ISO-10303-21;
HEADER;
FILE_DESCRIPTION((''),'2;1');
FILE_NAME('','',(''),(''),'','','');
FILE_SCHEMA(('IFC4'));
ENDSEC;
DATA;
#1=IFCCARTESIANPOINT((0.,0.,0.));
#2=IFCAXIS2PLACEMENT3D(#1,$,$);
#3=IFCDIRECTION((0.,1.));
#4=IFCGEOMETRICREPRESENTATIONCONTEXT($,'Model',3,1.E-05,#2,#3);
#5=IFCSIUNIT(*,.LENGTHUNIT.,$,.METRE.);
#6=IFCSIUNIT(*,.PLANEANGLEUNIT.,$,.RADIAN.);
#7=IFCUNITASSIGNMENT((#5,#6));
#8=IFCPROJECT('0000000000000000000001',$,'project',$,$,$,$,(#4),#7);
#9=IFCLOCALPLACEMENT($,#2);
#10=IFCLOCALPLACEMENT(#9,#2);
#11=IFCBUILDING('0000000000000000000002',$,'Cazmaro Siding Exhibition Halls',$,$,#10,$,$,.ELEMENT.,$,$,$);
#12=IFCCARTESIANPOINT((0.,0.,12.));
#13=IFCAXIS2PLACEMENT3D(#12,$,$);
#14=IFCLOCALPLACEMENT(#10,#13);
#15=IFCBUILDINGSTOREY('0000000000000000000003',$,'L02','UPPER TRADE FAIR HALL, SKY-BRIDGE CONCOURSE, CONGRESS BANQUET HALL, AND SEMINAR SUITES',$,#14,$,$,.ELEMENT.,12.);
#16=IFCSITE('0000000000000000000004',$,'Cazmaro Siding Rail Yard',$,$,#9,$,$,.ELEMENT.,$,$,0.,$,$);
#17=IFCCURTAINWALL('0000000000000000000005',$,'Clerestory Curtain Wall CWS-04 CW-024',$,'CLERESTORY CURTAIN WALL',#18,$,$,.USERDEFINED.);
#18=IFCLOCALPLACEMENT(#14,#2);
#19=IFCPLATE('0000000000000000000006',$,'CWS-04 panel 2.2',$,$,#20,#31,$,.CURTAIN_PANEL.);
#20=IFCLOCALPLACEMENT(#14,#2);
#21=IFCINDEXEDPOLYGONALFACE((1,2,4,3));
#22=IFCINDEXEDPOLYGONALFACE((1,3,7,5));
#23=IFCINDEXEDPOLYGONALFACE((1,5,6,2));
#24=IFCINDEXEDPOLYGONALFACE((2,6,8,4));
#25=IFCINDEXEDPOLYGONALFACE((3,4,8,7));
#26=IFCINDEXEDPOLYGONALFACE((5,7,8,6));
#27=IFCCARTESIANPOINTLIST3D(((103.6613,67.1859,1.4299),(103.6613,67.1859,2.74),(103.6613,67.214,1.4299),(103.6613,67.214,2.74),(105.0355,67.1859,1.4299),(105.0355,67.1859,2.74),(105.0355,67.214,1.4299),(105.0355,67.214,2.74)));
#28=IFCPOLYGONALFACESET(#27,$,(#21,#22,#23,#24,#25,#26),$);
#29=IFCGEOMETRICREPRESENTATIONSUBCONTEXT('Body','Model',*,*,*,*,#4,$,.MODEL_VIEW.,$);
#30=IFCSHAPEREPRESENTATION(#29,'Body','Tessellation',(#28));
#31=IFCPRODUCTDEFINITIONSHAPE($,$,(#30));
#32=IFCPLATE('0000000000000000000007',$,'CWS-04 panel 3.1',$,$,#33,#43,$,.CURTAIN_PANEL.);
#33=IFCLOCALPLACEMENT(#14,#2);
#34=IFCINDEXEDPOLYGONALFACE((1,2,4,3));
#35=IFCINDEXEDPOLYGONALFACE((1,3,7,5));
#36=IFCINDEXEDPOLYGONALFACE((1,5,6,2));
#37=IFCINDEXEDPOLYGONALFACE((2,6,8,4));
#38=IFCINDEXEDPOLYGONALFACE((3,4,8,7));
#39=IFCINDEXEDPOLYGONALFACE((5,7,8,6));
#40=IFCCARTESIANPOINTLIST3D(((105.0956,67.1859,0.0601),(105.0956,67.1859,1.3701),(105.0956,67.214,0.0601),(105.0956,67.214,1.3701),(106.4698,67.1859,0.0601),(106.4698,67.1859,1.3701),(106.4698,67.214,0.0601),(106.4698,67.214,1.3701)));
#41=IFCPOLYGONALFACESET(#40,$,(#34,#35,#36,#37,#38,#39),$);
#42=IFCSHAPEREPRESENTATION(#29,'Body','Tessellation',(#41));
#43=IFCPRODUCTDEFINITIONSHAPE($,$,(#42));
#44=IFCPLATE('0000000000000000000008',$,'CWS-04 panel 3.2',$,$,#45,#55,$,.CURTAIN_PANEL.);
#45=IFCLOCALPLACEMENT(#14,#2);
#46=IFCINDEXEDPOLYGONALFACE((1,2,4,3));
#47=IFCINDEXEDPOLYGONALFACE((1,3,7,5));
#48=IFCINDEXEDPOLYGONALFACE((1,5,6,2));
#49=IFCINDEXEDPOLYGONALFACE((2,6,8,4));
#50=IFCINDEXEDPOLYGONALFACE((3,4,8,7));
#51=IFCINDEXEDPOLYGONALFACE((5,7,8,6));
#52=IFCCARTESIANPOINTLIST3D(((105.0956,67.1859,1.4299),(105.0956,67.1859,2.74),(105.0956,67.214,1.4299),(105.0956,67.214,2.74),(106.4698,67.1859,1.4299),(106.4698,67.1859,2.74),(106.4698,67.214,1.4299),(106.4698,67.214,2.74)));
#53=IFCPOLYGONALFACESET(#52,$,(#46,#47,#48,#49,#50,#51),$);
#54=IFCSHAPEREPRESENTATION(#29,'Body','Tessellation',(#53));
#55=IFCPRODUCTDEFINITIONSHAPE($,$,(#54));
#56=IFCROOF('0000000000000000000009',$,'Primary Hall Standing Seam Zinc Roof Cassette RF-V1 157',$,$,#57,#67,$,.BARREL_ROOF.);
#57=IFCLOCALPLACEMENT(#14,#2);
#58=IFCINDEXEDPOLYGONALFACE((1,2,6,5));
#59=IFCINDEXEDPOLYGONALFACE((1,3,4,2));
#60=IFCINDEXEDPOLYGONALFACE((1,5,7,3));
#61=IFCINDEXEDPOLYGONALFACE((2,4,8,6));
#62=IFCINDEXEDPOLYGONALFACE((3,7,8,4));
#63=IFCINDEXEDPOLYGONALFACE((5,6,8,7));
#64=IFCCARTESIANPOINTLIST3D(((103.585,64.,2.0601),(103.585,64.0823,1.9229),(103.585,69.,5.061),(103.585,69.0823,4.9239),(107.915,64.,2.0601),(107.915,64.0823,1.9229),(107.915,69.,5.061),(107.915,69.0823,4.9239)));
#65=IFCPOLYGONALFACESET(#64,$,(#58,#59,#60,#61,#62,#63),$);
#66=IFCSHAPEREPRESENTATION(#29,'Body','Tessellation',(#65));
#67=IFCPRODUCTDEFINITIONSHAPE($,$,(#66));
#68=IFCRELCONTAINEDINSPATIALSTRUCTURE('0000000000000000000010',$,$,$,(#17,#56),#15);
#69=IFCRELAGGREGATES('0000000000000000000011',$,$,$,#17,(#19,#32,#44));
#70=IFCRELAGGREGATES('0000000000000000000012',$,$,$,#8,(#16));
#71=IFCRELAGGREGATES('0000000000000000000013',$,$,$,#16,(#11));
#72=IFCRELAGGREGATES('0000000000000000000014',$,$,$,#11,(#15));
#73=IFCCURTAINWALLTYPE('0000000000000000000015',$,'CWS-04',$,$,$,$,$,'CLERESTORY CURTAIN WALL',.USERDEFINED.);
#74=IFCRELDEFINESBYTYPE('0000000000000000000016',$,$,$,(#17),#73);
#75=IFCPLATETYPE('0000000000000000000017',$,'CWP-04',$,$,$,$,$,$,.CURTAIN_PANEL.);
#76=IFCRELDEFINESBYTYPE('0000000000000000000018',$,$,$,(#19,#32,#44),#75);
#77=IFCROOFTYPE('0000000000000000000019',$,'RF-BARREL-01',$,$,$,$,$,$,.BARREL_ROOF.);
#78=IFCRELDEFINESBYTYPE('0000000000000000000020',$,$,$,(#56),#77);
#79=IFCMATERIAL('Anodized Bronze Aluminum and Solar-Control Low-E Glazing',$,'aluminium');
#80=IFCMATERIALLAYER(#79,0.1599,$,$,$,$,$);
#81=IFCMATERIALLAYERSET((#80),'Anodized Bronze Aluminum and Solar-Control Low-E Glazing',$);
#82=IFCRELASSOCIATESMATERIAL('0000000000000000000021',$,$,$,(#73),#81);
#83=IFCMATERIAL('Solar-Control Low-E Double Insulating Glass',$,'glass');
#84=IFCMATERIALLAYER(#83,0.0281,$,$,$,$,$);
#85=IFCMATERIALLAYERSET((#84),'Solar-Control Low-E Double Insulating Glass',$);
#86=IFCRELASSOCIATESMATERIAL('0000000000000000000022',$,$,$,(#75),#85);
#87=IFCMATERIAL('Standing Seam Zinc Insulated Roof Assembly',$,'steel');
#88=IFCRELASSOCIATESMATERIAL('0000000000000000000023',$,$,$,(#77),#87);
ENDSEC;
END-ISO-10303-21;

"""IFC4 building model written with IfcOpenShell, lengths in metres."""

from ifc_helpers import new_model, si_unit, direction, frame, origin, origin_2d, place, context, subcontext, project, spatial, polyline, rectangle, outline, extrude, material, layer, layer_set, type_object, element, aggregate, save


model = new_model("IFC4")

# Units and contexts
model_context = context("Model", 3, precision=1e-05, world=origin(), true_north=direction((0.0, 1.0)))
body_context = subcontext(model_context, "Body", "Model", "MODEL_VIEW")
ifc_project = project(units=[si_unit("LENGTHUNIT", "METRE"), si_unit("PLANEANGLEUNIT", "RADIAN")], contexts=[model_context])

# Site, building, storey
site_placement = place(None, origin())
site = spatial("IfcSite", under=ifc_project, at=site_placement, Name="Cazmaro Siding Rail Yard", CompositionType="ELEMENT", RefElevation=0.0)
building_placement = place(site_placement, origin())
building = spatial("IfcBuilding", under=site, at=building_placement, Name="Cazmaro Siding Exhibition Halls", CompositionType="ELEMENT")
storey_placement = place(building_placement, frame((0.0, 0.0, 12.0)))
storey = spatial("IfcBuildingStorey", under=building, at=storey_placement, Name="L02", Description="UPPER TRADE FAIR HALL, SKY-BRIDGE CONCOURSE, CONGRESS BANQUET HALL, AND SEMINAR SUITES", CompositionType="ELEMENT", Elevation=12.0)

# Curtain wall
ifc_material_1 = material(Name="Anodized Bronze Aluminum and Solar-Control Low-E Glazing", Category="aluminium")
ifc_layer_1 = layer(ifc_material_1, 0.1599)
ifc_layer_set_1 = layer_set([ifc_layer_1], Name="Anodized Bronze Aluminum and Solar-Control Low-E Glazing")
curtain_wall_type_1 = type_object("IfcCurtainWallType", Name="CWS-04", ElementType="CLERESTORY CURTAIN WALL", PredefinedType="USERDEFINED", material=ifc_layer_set_1)
curtain_wall_1_placement = place(storey_placement, origin())
curtain_wall_1 = element("IfcCurtainWall", 1, at=curtain_wall_1_placement, inside=storey, type_object=curtain_wall_type_1, Name="Clerestory Curtain Wall CWS-04 CW-024", ObjectType="CLERESTORY CURTAIN WALL", PredefinedType="USERDEFINED")

# Plates
ifc_material_2 = material(Name="Solar-Control Low-E Double Insulating Glass", Category="glass")
ifc_layer_2 = layer(ifc_material_2, 0.0281)
ifc_layer_set_2 = layer_set([ifc_layer_2], Name="Solar-Control Low-E Double Insulating Glass")
plate_type_1 = type_object("IfcPlateType", Name="CWP-04", PredefinedType="CURTAIN_PANEL", material=ifc_layer_set_2)
plate_1_placement = place(storey_placement, frame((104.3484, 67.2, 1.4299), z_axis=(0.0, 0.0, 1.0), x_axis=(1.0, 0.0, 0.0)))
plate_1 = element("IfcPlate", 2, at=plate_1_placement, type_object=plate_type_1, Name="CWS-04 panel 2.2", PredefinedType="CURTAIN_PANEL", context=body_context, shape_type="SweptSolid", body=[
    extrude(rectangle(XDim=1.3743, YDim=0.0281, at=origin_2d()), origin(), (0.0, 0.0, 1.0), 1.3101),
])
plate_2_placement = place(storey_placement, frame((105.7827, 67.2, 0.0601), z_axis=(0.0, 0.0, 1.0), x_axis=(1.0, 0.0, 0.0)))
plate_2 = element("IfcPlate", 3, at=plate_2_placement, type_object=plate_type_1, Name="CWS-04 panel 3.1", PredefinedType="CURTAIN_PANEL", context=body_context, shape_type="SweptSolid", body=[
    extrude(rectangle(XDim=1.3743, YDim=0.0281, at=origin_2d()), origin(), (0.0, 0.0, 1.0), 1.3101),
])
plate_3_placement = place(storey_placement, frame((105.7827, 67.2, 1.4299), z_axis=(0.0, 0.0, 1.0), x_axis=(1.0, 0.0, 0.0)))
plate_3 = element("IfcPlate", 4, at=plate_3_placement, type_object=plate_type_1, Name="CWS-04 panel 3.2", PredefinedType="CURTAIN_PANEL", context=body_context, shape_type="SweptSolid", body=[
    extrude(rectangle(XDim=1.3743, YDim=0.0281, at=origin_2d()), origin(), (0.0, 0.0, 1.0), 1.3101),
])
aggregate(curtain_wall_1, [plate_1, plate_2, plate_3])

# Roof
ifc_material_3 = material(Name="Standing Seam Zinc Insulated Roof Assembly", Category="steel")
roof_type = type_object("IfcRoofType", Name="RF-BARREL-01", PredefinedType="BARREL_ROOF", material=ifc_material_3)
roof_placement = place(storey_placement, frame((103.585, 64.0, 2.0601), z_axis=(0.0, -0.514619, 0.857419), x_axis=(1.0, 0.0, 0.0)))
element("IfcRoof", 5, at=roof_placement, inside=storey, type_object=roof_type, Name="Primary Hall Standing Seam Zinc Roof Cassette RF-V1 157", PredefinedType="BARREL_ROOF", context=body_context, shape_type="SweptSolid", body=[
    extrude(outline(polyline([(0.0, 0.0), (4.3301, 0.0), (4.3301, 5.8315), (0.0, 5.8315), (0.0, 0.0)])), origin(), (0.0, 0.0, -1.0), 0.1599),
])

save(model, "model.ifc")
